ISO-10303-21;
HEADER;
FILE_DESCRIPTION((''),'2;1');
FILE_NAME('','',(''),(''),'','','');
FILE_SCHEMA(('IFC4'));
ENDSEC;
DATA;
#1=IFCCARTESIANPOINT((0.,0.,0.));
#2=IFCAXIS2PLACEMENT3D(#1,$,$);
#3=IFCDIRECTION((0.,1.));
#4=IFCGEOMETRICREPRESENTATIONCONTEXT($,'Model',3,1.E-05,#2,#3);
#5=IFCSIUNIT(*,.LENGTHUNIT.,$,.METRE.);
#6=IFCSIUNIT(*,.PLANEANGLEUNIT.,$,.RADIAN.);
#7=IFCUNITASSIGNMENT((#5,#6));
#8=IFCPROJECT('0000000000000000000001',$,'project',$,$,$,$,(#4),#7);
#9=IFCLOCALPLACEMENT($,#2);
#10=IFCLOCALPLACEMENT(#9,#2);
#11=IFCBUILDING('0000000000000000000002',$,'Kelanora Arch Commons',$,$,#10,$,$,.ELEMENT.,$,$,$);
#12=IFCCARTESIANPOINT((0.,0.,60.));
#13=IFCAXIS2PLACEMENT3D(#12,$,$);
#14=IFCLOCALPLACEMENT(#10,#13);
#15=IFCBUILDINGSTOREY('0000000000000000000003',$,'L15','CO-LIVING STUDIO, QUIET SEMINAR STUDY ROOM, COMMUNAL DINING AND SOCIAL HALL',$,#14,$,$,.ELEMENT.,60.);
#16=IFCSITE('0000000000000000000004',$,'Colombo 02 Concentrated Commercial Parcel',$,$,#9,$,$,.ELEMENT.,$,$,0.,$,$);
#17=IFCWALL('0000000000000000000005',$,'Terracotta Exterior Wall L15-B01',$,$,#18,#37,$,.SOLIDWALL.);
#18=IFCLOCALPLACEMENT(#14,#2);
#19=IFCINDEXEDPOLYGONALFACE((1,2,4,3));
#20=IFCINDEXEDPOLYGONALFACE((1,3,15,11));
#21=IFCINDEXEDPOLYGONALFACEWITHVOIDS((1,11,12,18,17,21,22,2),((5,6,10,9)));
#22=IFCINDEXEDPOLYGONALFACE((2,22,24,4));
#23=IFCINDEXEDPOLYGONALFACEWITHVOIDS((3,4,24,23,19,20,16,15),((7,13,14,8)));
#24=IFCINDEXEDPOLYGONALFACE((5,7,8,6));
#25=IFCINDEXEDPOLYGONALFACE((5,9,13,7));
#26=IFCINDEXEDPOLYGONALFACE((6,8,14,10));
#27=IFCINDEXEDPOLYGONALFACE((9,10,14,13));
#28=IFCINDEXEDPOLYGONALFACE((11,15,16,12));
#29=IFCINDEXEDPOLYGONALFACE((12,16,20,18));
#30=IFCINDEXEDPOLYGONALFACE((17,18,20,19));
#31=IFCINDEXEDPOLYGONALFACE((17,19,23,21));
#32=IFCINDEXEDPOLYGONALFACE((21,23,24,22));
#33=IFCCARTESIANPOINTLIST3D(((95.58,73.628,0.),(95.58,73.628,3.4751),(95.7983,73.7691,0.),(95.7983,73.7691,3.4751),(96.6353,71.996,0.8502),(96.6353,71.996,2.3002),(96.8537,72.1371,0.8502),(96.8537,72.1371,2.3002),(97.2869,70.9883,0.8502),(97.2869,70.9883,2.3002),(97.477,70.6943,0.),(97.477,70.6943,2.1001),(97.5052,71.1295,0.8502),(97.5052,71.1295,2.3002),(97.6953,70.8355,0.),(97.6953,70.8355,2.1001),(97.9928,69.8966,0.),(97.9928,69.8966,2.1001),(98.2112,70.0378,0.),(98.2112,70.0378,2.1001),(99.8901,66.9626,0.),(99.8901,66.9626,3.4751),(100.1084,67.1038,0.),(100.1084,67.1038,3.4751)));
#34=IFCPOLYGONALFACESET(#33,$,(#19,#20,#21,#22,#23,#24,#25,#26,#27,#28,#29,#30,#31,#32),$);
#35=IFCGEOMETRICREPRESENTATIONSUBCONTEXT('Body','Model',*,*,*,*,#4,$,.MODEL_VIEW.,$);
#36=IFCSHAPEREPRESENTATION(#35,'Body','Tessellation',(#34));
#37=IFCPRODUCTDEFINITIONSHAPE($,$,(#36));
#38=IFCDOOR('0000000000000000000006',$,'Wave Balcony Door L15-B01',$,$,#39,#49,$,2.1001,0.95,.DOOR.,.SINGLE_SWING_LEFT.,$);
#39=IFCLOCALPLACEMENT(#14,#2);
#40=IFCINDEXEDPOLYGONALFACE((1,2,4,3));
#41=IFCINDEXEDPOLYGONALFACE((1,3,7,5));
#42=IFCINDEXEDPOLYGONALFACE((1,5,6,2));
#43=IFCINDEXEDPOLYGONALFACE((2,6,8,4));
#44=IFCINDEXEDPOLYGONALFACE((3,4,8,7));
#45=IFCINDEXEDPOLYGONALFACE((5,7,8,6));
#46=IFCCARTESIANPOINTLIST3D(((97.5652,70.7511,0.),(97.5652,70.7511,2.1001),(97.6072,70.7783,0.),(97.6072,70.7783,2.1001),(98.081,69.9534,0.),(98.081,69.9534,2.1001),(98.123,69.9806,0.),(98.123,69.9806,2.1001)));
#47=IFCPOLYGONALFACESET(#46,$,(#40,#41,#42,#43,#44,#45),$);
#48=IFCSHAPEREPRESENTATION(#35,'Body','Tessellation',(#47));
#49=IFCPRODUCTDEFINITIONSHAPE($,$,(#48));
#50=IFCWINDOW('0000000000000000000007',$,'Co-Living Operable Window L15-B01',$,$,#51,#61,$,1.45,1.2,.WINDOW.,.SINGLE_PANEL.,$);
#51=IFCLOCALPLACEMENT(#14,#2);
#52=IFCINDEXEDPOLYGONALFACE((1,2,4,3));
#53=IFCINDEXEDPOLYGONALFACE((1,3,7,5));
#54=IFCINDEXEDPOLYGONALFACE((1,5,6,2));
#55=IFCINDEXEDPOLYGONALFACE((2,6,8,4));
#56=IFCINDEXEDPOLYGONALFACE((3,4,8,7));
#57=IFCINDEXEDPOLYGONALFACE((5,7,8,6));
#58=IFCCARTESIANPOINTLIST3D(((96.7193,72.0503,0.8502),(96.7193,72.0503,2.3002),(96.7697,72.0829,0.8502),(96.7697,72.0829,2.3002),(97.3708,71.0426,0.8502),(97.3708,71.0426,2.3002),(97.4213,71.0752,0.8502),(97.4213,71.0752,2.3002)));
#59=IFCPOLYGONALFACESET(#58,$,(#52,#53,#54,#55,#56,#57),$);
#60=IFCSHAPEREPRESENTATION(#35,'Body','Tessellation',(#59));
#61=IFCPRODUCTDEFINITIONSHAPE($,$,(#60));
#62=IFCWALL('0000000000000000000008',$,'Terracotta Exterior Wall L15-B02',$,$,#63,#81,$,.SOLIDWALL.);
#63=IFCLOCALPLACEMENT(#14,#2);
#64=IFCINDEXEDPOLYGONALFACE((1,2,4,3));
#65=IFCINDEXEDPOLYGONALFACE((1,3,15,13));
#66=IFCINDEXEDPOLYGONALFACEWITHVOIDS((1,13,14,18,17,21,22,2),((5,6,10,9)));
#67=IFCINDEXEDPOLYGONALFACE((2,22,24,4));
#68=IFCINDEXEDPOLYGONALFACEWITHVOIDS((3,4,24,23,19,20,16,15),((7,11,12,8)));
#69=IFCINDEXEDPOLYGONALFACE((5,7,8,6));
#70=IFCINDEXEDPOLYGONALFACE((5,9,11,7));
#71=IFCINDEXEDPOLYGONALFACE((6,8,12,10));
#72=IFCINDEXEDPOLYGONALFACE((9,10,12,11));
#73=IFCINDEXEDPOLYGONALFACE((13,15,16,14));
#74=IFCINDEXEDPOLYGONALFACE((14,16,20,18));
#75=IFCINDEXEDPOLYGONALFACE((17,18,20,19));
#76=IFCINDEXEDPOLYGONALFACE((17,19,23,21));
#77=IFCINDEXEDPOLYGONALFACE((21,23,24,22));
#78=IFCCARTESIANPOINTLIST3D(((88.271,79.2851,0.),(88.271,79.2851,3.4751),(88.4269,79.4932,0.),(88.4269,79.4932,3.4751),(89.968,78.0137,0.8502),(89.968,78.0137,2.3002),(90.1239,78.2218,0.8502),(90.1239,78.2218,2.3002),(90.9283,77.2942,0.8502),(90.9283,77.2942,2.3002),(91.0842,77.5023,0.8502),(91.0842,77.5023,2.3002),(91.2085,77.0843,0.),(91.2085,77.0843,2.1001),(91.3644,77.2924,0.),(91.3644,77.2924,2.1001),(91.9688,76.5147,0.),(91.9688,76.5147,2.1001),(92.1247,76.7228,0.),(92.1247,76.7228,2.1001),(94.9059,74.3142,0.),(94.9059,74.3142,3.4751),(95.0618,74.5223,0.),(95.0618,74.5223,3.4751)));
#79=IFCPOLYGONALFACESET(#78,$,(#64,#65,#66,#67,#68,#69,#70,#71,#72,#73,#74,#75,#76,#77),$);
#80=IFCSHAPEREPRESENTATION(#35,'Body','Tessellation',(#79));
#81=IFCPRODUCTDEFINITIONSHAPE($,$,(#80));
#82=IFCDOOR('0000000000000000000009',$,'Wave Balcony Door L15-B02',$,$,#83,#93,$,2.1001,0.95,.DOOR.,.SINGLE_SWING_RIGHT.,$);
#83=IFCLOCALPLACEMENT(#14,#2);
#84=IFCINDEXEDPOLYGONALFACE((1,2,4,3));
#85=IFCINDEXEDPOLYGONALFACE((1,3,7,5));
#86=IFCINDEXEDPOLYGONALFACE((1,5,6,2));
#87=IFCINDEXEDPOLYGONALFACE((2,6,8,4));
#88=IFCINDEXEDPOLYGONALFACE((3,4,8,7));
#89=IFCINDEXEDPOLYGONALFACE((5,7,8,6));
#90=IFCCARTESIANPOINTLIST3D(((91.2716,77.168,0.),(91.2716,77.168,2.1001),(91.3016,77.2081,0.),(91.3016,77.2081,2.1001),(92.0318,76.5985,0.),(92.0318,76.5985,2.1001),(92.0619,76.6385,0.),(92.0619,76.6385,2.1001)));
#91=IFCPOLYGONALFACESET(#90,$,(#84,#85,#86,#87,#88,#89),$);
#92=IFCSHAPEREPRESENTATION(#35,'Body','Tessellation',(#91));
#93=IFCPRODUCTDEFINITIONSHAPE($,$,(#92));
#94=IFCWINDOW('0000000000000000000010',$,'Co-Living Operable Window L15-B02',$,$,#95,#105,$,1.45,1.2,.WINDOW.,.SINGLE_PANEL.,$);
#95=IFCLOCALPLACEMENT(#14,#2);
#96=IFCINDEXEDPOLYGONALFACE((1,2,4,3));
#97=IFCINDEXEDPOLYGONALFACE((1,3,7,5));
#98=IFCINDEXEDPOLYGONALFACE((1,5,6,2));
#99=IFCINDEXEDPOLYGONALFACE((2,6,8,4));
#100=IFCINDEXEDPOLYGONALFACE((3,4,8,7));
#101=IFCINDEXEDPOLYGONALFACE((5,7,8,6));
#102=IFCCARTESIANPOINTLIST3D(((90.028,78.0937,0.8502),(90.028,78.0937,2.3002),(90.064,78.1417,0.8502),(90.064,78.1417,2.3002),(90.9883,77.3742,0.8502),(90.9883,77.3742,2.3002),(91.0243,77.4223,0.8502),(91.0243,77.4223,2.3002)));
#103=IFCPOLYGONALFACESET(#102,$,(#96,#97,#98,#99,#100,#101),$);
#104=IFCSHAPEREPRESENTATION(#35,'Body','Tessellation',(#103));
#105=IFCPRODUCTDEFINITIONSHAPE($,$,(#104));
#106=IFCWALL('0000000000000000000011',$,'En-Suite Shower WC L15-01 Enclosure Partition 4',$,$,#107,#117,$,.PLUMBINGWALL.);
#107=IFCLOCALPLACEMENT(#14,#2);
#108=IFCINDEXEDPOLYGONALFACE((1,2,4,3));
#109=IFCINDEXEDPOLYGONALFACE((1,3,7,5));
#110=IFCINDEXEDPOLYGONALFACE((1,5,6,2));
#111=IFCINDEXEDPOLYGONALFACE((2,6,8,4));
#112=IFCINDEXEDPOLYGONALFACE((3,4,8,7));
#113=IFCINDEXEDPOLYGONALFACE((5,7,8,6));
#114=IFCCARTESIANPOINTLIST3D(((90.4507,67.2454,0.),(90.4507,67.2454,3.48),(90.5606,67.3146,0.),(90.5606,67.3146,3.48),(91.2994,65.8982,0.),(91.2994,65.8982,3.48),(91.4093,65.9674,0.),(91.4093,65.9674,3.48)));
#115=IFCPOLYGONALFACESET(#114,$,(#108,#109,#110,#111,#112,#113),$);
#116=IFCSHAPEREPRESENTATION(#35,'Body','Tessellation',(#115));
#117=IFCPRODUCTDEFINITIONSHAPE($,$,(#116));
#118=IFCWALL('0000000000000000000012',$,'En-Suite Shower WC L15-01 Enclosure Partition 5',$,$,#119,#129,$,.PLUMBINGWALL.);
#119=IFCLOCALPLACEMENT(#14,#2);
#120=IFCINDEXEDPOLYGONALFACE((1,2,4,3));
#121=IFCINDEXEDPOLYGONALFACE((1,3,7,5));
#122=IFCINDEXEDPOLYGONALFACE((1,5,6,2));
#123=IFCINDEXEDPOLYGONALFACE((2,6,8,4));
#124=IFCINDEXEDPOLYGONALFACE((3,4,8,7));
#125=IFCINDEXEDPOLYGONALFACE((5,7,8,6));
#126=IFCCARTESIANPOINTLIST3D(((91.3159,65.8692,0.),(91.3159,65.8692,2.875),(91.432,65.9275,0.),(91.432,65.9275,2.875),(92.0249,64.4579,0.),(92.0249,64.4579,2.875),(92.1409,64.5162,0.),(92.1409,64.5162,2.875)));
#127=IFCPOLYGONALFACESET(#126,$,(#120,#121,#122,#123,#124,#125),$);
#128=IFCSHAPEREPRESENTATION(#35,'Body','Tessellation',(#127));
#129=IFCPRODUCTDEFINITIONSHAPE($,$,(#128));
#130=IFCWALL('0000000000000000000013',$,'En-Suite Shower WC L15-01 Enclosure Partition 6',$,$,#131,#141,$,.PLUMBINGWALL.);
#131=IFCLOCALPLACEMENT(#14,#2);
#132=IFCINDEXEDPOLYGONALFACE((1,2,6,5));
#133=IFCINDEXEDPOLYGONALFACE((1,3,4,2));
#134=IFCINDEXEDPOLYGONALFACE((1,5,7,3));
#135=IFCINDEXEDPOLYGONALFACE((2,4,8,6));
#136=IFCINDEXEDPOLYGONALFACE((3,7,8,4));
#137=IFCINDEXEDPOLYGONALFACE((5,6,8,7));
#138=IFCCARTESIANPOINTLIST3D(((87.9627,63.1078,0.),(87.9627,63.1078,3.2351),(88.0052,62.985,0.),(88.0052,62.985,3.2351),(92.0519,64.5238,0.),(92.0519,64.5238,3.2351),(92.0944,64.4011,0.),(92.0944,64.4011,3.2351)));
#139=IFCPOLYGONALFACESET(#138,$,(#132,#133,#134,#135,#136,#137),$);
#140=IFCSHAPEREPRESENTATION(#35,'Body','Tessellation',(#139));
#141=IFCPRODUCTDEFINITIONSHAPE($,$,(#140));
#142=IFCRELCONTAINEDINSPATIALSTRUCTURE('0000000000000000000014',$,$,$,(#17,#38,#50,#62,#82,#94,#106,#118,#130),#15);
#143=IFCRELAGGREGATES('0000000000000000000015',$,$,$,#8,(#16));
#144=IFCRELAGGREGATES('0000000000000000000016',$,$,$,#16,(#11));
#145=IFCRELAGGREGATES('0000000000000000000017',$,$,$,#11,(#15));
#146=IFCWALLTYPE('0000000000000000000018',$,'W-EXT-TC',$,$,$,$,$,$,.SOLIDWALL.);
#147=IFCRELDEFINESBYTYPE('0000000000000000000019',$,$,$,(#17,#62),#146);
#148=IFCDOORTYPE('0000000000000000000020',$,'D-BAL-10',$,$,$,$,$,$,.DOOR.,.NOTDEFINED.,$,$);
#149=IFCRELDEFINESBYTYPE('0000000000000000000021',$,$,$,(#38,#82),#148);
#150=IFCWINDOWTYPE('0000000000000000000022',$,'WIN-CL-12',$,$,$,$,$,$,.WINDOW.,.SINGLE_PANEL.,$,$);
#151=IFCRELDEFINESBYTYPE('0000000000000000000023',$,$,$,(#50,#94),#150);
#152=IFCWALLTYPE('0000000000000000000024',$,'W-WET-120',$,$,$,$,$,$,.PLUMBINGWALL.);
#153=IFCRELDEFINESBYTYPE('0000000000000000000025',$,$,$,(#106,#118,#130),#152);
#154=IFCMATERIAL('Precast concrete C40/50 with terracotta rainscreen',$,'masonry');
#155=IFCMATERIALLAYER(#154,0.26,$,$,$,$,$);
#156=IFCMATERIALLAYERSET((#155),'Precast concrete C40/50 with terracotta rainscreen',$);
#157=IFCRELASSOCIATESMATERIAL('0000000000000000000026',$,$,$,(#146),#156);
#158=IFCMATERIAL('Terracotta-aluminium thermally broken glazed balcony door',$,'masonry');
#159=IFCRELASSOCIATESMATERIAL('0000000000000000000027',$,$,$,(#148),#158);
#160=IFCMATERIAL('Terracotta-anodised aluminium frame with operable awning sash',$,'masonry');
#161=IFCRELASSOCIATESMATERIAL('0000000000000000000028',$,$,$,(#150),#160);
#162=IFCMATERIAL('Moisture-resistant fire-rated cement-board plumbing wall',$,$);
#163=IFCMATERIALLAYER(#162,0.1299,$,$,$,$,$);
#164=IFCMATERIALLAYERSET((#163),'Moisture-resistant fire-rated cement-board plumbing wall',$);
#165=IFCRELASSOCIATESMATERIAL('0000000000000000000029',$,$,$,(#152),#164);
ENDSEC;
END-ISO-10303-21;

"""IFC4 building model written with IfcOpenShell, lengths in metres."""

from ifc_helpers import new_model, si_unit, direction, frame, frame_2d, origin, place, context, subcontext, project, spatial, rectangle, extrude, material, layer, layer_set, type_object, element, fill, save


model = new_model("IFC4")

# Units and contexts
model_context = context("Model", 3, precision=1e-05, world=origin(), true_north=direction((0.0, 1.0)))
body_context = subcontext(model_context, "Body", "Model", "MODEL_VIEW")
ifc_project = project(units=[si_unit("LENGTHUNIT", "METRE"), si_unit("PLANEANGLEUNIT", "RADIAN")], contexts=[model_context])

# Site, building, storey
site_placement = place(None, origin())
site = spatial("IfcSite", under=ifc_project, at=site_placement, Name="Colombo 02 Concentrated Commercial Parcel", CompositionType="ELEMENT", RefElevation=0.0)
building_placement = place(site_placement, origin())
building = spatial("IfcBuilding", under=site, at=building_placement, Name="Kelanora Arch Commons", CompositionType="ELEMENT")
storey_placement = place(building_placement, frame((0.0, 0.0, 60.0)))
storey = spatial("IfcBuildingStorey", under=building, at=storey_placement, Name="L15", Description="CO-LIVING STUDIO, QUIET SEMINAR STUDY ROOM, COMMUNAL DINING AND SOCIAL HALL", CompositionType="ELEMENT", Elevation=60.0)

# Walls, openings, doors, windows
ifc_material_1 = material(Name="Precast concrete C40/50 with terracotta rainscreen", Category="masonry")
ifc_layer_1 = layer(ifc_material_1, 0.26)
ifc_layer_set_1 = layer_set([ifc_layer_1], Name="Precast concrete C40/50 with terracotta rainscreen")
wall_type_1 = type_object("IfcWallType", Name="W-EXT-TC", PredefinedType="SOLIDWALL", material=ifc_layer_set_1)
wall_1_placement = place(storey_placement, frame((99.9993, 67.0332, 0.0), z_axis=(0.0, 0.0, 1.0), x_axis=(-0.543005, 0.839729, 0.0)))
wall_1 = element("IfcWall", 1, at=wall_1_placement, inside=storey, type_object=wall_type_1, Name="Terracotta Exterior Wall L15-B01", PredefinedType="SOLIDWALL", context=body_context, shape_type="SweptSolid", body=[
    extrude(rectangle(XDim=7.9375, YDim=0.26, at=frame_2d((3.9688, 0.0))), origin(), (0.0, 0.0, 1.0), 3.4751),
])
opening_1_placement = place(wall_1_placement, frame((3.4939, 0.0, 0.0)))
opening_1 = element("IfcOpeningElement", 2, at=opening_1_placement, cuts=wall_1, PredefinedType="OPENING", context=body_context, shape_type="SweptSolid", body=[
    extrude(rectangle(XDim=0.95, YDim=2.1001, at=frame_2d((0.4751, 1.05))), frame((0.0, 0.1401, 0.0), z_axis=(0.0, -1.0, 0.0), x_axis=(1.0, 0.0, 0.0)), (0.0, 0.0, 1.0), 0.28),
])
opening_2_placement = place(wall_1_placement, frame((4.7939, 0.0, 0.8501)))
opening_2 = element("IfcOpeningElement", 3, at=opening_2_placement, cuts=wall_1, PredefinedType="OPENING", context=body_context, shape_type="SweptSolid", body=[
    extrude(rectangle(XDim=1.2, YDim=1.45, at=frame_2d((0.6001, 0.7251))), frame((0.0, 0.1401, 0.0), z_axis=(0.0, -1.0, 0.0), x_axis=(1.0, 0.0, 0.0)), (0.0, 0.0, 1.0), 0.28),
])
ifc_material_2 = material(Name="Terracotta-aluminium thermally broken glazed balcony door", Category="masonry")
door_type = type_object("IfcDoorType", Name="D-BAL-10", OperationType="NOTDEFINED", PredefinedType="DOOR", material=ifc_material_2)
door_1_placement = place(opening_1_placement, frame((0.95, 0.0, 0.0), z_axis=(0.0, 0.0, 1.0), x_axis=(-1.0, 0.0, 0.0)))
door_1 = element("IfcDoor", 4, at=door_1_placement, inside=storey, type_object=door_type, Name="Wave Balcony Door L15-B01", OperationType="SINGLE_SWING_LEFT", OverallHeight=2.1001, OverallWidth=0.95, PredefinedType="DOOR", context=body_context, shape_type="SweptSolid", body=[
    extrude(rectangle(XDim=0.95, YDim=2.1001, at=frame_2d((0.4751, 1.05))), frame((0.0, 0.0249, 0.0), z_axis=(0.0, -1.0, 0.0), x_axis=(1.0, 0.0, 0.0)), (0.0, 0.0, 1.0), 0.05),
])
fill(opening_1, door_1)
ifc_material_3 = material(Name="Terracotta-anodised aluminium frame with operable awning sash", Category="masonry")
window_type = type_object("IfcWindowType", Name="WIN-CL-12", PartitioningType="SINGLE_PANEL", PredefinedType="WINDOW", material=ifc_material_3)
window_1_placement = place(opening_2_placement, origin())
window_1 = element("IfcWindow", 5, at=window_1_placement, inside=storey, type_object=window_type, Name="Co-Living Operable Window L15-B01", OverallHeight=1.45, OverallWidth=1.2, PartitioningType="SINGLE_PANEL", PredefinedType="WINDOW", context=body_context, shape_type="SweptSolid", body=[
    extrude(rectangle(XDim=1.2, YDim=1.45, at=frame_2d((0.6001, 0.7251))), frame((0.0, 0.03, 0.0), z_axis=(0.0, -1.0, 0.0), x_axis=(1.0, 0.0, 0.0)), (0.0, 0.0, 1.0), 0.0601),
])
fill(opening_2, window_1)
wall_2_placement = place(storey_placement, frame((94.9839, 74.4182, 0.0), z_axis=(0.0, 0.0, 1.0), x_axis=(-0.800307, 0.59959, 0.0)))
wall_2 = element("IfcWall", 6, at=wall_2_placement, inside=storey, type_object=wall_type_1, Name="Terracotta Exterior Wall L15-B02", PredefinedType="SOLIDWALL", context=body_context, shape_type="SweptSolid", body=[
    extrude(rectangle(XDim=8.2905, YDim=0.26, at=frame_2d((4.1453, 0.0))), origin(), (0.0, 0.0, 1.0), 3.4751),
])
opening_3_placement = place(wall_2_placement, frame((3.6699, 0.0, 0.0)))
opening_3 = element("IfcOpeningElement", 7, at=opening_3_placement, cuts=wall_2, PredefinedType="OPENING", context=body_context, shape_type="SweptSolid", body=[
    extrude(rectangle(XDim=0.95, YDim=2.1001, at=frame_2d((0.4751, 1.05))), frame((0.0, 0.1401, 0.0), z_axis=(0.0, -1.0, 0.0), x_axis=(1.0, 0.0, 0.0)), (0.0, 0.0, 1.0), 0.28),
])
opening_4_placement = place(wall_2_placement, frame((4.97, 0.0, 0.8501)))
opening_4 = element("IfcOpeningElement", 8, at=opening_4_placement, cuts=wall_2, PredefinedType="OPENING", context=body_context, shape_type="SweptSolid", body=[
    extrude(rectangle(XDim=1.2, YDim=1.45, at=frame_2d((0.6001, 0.7251))), frame((0.0, 0.1401, 0.0), z_axis=(0.0, -1.0, 0.0), x_axis=(1.0, 0.0, 0.0)), (0.0, 0.0, 1.0), 0.28),
])
door_2_placement = place(opening_3_placement, frame((0.95, 0.0, 0.0), z_axis=(0.0, 0.0, 1.0), x_axis=(-1.0, 0.0, 0.0)))
door_2 = element("IfcDoor", 9, at=door_2_placement, inside=storey, type_object=door_type, Name="Wave Balcony Door L15-B02", OperationType="SINGLE_SWING_RIGHT", OverallHeight=2.1001, OverallWidth=0.95, PredefinedType="DOOR", context=body_context, shape_type="SweptSolid", body=[
    extrude(rectangle(XDim=0.95, YDim=2.1001, at=frame_2d((0.4751, 1.05))), frame((0.0, 0.0249, 0.0), z_axis=(0.0, -1.0, 0.0), x_axis=(1.0, 0.0, 0.0)), (0.0, 0.0, 1.0), 0.05),
])
fill(opening_3, door_2)
window_2_placement = place(opening_4_placement, origin())
window_2 = element("IfcWindow", 10, at=window_2_placement, inside=storey, type_object=window_type, Name="Co-Living Operable Window L15-B02", OverallHeight=1.45, OverallWidth=1.2, PartitioningType="SINGLE_PANEL", PredefinedType="WINDOW", context=body_context, shape_type="SweptSolid", body=[
    extrude(rectangle(XDim=1.2, YDim=1.45, at=frame_2d((0.6001, 0.7251))), frame((0.0, 0.03, 0.0), z_axis=(0.0, -1.0, 0.0), x_axis=(1.0, 0.0, 0.0)), (0.0, 0.0, 1.0), 0.0601),
])
fill(opening_4, window_2)

# Walls
ifc_material_4 = material(Name="Moisture-resistant fire-rated cement-board plumbing wall")
ifc_layer_2 = layer(ifc_material_4, 0.1299)
ifc_layer_set_2 = layer_set([ifc_layer_2], Name="Moisture-resistant fire-rated cement-board plumbing wall")
wall_type_2 = type_object("IfcWallType", Name="W-WET-120", PredefinedType="PLUMBINGWALL", material=ifc_layer_set_2)
wall_3_placement = place(storey_placement, frame((90.5056, 67.28, 0.0), z_axis=(0.0, 0.0, 1.0), x_axis=(0.533, -0.846115, 0.0)))
element("IfcWall", 11, at=wall_3_placement, inside=storey, type_object=wall_type_2, Name="En-Suite Shower WC L15-01 Enclosure Partition 4", PredefinedType="PLUMBINGWALL", context=body_context, shape_type="SweptSolid", body=[
    extrude(rectangle(XDim=1.5923, YDim=0.1299, at=frame_2d((0.7961, 0.0))), origin(), (0.0, 0.0, 1.0), 3.48),
])
wall_4_placement = place(storey_placement, frame((91.374, 65.8982, 0.0), z_axis=(0.0, 0.0, 1.0), x_axis=(0.448882, -0.893591, 0.0)))
element("IfcWall", 12, at=wall_4_placement, inside=storey, type_object=wall_type_2, Name="En-Suite Shower WC L15-01 Enclosure Partition 5", PredefinedType="PLUMBINGWALL", context=body_context, shape_type="SweptSolid", body=[
    extrude(rectangle(XDim=1.5793, YDim=0.1299, at=frame_2d((0.7896, 0.0))), origin(), (0.0, 0.0, 1.0), 2.875),
])
wall_5_placement = place(storey_placement, frame((92.073, 64.4624, 0.0), z_axis=(0.0, 0.0, 1.0), x_axis=(-0.944946, -0.327225, 0.0)))
element("IfcWall", 13, at=wall_5_placement, inside=storey, type_object=wall_type_2, Name="En-Suite Shower WC L15-01 Enclosure Partition 6", PredefinedType="PLUMBINGWALL", context=body_context, shape_type="SweptSolid", body=[
    extrude(rectangle(XDim=4.3274, YDim=0.1299, at=frame_2d((2.1636, 0.0))), origin(), (0.0, 0.0, 1.0), 3.2351),
])

save(model, "model.ifc")
